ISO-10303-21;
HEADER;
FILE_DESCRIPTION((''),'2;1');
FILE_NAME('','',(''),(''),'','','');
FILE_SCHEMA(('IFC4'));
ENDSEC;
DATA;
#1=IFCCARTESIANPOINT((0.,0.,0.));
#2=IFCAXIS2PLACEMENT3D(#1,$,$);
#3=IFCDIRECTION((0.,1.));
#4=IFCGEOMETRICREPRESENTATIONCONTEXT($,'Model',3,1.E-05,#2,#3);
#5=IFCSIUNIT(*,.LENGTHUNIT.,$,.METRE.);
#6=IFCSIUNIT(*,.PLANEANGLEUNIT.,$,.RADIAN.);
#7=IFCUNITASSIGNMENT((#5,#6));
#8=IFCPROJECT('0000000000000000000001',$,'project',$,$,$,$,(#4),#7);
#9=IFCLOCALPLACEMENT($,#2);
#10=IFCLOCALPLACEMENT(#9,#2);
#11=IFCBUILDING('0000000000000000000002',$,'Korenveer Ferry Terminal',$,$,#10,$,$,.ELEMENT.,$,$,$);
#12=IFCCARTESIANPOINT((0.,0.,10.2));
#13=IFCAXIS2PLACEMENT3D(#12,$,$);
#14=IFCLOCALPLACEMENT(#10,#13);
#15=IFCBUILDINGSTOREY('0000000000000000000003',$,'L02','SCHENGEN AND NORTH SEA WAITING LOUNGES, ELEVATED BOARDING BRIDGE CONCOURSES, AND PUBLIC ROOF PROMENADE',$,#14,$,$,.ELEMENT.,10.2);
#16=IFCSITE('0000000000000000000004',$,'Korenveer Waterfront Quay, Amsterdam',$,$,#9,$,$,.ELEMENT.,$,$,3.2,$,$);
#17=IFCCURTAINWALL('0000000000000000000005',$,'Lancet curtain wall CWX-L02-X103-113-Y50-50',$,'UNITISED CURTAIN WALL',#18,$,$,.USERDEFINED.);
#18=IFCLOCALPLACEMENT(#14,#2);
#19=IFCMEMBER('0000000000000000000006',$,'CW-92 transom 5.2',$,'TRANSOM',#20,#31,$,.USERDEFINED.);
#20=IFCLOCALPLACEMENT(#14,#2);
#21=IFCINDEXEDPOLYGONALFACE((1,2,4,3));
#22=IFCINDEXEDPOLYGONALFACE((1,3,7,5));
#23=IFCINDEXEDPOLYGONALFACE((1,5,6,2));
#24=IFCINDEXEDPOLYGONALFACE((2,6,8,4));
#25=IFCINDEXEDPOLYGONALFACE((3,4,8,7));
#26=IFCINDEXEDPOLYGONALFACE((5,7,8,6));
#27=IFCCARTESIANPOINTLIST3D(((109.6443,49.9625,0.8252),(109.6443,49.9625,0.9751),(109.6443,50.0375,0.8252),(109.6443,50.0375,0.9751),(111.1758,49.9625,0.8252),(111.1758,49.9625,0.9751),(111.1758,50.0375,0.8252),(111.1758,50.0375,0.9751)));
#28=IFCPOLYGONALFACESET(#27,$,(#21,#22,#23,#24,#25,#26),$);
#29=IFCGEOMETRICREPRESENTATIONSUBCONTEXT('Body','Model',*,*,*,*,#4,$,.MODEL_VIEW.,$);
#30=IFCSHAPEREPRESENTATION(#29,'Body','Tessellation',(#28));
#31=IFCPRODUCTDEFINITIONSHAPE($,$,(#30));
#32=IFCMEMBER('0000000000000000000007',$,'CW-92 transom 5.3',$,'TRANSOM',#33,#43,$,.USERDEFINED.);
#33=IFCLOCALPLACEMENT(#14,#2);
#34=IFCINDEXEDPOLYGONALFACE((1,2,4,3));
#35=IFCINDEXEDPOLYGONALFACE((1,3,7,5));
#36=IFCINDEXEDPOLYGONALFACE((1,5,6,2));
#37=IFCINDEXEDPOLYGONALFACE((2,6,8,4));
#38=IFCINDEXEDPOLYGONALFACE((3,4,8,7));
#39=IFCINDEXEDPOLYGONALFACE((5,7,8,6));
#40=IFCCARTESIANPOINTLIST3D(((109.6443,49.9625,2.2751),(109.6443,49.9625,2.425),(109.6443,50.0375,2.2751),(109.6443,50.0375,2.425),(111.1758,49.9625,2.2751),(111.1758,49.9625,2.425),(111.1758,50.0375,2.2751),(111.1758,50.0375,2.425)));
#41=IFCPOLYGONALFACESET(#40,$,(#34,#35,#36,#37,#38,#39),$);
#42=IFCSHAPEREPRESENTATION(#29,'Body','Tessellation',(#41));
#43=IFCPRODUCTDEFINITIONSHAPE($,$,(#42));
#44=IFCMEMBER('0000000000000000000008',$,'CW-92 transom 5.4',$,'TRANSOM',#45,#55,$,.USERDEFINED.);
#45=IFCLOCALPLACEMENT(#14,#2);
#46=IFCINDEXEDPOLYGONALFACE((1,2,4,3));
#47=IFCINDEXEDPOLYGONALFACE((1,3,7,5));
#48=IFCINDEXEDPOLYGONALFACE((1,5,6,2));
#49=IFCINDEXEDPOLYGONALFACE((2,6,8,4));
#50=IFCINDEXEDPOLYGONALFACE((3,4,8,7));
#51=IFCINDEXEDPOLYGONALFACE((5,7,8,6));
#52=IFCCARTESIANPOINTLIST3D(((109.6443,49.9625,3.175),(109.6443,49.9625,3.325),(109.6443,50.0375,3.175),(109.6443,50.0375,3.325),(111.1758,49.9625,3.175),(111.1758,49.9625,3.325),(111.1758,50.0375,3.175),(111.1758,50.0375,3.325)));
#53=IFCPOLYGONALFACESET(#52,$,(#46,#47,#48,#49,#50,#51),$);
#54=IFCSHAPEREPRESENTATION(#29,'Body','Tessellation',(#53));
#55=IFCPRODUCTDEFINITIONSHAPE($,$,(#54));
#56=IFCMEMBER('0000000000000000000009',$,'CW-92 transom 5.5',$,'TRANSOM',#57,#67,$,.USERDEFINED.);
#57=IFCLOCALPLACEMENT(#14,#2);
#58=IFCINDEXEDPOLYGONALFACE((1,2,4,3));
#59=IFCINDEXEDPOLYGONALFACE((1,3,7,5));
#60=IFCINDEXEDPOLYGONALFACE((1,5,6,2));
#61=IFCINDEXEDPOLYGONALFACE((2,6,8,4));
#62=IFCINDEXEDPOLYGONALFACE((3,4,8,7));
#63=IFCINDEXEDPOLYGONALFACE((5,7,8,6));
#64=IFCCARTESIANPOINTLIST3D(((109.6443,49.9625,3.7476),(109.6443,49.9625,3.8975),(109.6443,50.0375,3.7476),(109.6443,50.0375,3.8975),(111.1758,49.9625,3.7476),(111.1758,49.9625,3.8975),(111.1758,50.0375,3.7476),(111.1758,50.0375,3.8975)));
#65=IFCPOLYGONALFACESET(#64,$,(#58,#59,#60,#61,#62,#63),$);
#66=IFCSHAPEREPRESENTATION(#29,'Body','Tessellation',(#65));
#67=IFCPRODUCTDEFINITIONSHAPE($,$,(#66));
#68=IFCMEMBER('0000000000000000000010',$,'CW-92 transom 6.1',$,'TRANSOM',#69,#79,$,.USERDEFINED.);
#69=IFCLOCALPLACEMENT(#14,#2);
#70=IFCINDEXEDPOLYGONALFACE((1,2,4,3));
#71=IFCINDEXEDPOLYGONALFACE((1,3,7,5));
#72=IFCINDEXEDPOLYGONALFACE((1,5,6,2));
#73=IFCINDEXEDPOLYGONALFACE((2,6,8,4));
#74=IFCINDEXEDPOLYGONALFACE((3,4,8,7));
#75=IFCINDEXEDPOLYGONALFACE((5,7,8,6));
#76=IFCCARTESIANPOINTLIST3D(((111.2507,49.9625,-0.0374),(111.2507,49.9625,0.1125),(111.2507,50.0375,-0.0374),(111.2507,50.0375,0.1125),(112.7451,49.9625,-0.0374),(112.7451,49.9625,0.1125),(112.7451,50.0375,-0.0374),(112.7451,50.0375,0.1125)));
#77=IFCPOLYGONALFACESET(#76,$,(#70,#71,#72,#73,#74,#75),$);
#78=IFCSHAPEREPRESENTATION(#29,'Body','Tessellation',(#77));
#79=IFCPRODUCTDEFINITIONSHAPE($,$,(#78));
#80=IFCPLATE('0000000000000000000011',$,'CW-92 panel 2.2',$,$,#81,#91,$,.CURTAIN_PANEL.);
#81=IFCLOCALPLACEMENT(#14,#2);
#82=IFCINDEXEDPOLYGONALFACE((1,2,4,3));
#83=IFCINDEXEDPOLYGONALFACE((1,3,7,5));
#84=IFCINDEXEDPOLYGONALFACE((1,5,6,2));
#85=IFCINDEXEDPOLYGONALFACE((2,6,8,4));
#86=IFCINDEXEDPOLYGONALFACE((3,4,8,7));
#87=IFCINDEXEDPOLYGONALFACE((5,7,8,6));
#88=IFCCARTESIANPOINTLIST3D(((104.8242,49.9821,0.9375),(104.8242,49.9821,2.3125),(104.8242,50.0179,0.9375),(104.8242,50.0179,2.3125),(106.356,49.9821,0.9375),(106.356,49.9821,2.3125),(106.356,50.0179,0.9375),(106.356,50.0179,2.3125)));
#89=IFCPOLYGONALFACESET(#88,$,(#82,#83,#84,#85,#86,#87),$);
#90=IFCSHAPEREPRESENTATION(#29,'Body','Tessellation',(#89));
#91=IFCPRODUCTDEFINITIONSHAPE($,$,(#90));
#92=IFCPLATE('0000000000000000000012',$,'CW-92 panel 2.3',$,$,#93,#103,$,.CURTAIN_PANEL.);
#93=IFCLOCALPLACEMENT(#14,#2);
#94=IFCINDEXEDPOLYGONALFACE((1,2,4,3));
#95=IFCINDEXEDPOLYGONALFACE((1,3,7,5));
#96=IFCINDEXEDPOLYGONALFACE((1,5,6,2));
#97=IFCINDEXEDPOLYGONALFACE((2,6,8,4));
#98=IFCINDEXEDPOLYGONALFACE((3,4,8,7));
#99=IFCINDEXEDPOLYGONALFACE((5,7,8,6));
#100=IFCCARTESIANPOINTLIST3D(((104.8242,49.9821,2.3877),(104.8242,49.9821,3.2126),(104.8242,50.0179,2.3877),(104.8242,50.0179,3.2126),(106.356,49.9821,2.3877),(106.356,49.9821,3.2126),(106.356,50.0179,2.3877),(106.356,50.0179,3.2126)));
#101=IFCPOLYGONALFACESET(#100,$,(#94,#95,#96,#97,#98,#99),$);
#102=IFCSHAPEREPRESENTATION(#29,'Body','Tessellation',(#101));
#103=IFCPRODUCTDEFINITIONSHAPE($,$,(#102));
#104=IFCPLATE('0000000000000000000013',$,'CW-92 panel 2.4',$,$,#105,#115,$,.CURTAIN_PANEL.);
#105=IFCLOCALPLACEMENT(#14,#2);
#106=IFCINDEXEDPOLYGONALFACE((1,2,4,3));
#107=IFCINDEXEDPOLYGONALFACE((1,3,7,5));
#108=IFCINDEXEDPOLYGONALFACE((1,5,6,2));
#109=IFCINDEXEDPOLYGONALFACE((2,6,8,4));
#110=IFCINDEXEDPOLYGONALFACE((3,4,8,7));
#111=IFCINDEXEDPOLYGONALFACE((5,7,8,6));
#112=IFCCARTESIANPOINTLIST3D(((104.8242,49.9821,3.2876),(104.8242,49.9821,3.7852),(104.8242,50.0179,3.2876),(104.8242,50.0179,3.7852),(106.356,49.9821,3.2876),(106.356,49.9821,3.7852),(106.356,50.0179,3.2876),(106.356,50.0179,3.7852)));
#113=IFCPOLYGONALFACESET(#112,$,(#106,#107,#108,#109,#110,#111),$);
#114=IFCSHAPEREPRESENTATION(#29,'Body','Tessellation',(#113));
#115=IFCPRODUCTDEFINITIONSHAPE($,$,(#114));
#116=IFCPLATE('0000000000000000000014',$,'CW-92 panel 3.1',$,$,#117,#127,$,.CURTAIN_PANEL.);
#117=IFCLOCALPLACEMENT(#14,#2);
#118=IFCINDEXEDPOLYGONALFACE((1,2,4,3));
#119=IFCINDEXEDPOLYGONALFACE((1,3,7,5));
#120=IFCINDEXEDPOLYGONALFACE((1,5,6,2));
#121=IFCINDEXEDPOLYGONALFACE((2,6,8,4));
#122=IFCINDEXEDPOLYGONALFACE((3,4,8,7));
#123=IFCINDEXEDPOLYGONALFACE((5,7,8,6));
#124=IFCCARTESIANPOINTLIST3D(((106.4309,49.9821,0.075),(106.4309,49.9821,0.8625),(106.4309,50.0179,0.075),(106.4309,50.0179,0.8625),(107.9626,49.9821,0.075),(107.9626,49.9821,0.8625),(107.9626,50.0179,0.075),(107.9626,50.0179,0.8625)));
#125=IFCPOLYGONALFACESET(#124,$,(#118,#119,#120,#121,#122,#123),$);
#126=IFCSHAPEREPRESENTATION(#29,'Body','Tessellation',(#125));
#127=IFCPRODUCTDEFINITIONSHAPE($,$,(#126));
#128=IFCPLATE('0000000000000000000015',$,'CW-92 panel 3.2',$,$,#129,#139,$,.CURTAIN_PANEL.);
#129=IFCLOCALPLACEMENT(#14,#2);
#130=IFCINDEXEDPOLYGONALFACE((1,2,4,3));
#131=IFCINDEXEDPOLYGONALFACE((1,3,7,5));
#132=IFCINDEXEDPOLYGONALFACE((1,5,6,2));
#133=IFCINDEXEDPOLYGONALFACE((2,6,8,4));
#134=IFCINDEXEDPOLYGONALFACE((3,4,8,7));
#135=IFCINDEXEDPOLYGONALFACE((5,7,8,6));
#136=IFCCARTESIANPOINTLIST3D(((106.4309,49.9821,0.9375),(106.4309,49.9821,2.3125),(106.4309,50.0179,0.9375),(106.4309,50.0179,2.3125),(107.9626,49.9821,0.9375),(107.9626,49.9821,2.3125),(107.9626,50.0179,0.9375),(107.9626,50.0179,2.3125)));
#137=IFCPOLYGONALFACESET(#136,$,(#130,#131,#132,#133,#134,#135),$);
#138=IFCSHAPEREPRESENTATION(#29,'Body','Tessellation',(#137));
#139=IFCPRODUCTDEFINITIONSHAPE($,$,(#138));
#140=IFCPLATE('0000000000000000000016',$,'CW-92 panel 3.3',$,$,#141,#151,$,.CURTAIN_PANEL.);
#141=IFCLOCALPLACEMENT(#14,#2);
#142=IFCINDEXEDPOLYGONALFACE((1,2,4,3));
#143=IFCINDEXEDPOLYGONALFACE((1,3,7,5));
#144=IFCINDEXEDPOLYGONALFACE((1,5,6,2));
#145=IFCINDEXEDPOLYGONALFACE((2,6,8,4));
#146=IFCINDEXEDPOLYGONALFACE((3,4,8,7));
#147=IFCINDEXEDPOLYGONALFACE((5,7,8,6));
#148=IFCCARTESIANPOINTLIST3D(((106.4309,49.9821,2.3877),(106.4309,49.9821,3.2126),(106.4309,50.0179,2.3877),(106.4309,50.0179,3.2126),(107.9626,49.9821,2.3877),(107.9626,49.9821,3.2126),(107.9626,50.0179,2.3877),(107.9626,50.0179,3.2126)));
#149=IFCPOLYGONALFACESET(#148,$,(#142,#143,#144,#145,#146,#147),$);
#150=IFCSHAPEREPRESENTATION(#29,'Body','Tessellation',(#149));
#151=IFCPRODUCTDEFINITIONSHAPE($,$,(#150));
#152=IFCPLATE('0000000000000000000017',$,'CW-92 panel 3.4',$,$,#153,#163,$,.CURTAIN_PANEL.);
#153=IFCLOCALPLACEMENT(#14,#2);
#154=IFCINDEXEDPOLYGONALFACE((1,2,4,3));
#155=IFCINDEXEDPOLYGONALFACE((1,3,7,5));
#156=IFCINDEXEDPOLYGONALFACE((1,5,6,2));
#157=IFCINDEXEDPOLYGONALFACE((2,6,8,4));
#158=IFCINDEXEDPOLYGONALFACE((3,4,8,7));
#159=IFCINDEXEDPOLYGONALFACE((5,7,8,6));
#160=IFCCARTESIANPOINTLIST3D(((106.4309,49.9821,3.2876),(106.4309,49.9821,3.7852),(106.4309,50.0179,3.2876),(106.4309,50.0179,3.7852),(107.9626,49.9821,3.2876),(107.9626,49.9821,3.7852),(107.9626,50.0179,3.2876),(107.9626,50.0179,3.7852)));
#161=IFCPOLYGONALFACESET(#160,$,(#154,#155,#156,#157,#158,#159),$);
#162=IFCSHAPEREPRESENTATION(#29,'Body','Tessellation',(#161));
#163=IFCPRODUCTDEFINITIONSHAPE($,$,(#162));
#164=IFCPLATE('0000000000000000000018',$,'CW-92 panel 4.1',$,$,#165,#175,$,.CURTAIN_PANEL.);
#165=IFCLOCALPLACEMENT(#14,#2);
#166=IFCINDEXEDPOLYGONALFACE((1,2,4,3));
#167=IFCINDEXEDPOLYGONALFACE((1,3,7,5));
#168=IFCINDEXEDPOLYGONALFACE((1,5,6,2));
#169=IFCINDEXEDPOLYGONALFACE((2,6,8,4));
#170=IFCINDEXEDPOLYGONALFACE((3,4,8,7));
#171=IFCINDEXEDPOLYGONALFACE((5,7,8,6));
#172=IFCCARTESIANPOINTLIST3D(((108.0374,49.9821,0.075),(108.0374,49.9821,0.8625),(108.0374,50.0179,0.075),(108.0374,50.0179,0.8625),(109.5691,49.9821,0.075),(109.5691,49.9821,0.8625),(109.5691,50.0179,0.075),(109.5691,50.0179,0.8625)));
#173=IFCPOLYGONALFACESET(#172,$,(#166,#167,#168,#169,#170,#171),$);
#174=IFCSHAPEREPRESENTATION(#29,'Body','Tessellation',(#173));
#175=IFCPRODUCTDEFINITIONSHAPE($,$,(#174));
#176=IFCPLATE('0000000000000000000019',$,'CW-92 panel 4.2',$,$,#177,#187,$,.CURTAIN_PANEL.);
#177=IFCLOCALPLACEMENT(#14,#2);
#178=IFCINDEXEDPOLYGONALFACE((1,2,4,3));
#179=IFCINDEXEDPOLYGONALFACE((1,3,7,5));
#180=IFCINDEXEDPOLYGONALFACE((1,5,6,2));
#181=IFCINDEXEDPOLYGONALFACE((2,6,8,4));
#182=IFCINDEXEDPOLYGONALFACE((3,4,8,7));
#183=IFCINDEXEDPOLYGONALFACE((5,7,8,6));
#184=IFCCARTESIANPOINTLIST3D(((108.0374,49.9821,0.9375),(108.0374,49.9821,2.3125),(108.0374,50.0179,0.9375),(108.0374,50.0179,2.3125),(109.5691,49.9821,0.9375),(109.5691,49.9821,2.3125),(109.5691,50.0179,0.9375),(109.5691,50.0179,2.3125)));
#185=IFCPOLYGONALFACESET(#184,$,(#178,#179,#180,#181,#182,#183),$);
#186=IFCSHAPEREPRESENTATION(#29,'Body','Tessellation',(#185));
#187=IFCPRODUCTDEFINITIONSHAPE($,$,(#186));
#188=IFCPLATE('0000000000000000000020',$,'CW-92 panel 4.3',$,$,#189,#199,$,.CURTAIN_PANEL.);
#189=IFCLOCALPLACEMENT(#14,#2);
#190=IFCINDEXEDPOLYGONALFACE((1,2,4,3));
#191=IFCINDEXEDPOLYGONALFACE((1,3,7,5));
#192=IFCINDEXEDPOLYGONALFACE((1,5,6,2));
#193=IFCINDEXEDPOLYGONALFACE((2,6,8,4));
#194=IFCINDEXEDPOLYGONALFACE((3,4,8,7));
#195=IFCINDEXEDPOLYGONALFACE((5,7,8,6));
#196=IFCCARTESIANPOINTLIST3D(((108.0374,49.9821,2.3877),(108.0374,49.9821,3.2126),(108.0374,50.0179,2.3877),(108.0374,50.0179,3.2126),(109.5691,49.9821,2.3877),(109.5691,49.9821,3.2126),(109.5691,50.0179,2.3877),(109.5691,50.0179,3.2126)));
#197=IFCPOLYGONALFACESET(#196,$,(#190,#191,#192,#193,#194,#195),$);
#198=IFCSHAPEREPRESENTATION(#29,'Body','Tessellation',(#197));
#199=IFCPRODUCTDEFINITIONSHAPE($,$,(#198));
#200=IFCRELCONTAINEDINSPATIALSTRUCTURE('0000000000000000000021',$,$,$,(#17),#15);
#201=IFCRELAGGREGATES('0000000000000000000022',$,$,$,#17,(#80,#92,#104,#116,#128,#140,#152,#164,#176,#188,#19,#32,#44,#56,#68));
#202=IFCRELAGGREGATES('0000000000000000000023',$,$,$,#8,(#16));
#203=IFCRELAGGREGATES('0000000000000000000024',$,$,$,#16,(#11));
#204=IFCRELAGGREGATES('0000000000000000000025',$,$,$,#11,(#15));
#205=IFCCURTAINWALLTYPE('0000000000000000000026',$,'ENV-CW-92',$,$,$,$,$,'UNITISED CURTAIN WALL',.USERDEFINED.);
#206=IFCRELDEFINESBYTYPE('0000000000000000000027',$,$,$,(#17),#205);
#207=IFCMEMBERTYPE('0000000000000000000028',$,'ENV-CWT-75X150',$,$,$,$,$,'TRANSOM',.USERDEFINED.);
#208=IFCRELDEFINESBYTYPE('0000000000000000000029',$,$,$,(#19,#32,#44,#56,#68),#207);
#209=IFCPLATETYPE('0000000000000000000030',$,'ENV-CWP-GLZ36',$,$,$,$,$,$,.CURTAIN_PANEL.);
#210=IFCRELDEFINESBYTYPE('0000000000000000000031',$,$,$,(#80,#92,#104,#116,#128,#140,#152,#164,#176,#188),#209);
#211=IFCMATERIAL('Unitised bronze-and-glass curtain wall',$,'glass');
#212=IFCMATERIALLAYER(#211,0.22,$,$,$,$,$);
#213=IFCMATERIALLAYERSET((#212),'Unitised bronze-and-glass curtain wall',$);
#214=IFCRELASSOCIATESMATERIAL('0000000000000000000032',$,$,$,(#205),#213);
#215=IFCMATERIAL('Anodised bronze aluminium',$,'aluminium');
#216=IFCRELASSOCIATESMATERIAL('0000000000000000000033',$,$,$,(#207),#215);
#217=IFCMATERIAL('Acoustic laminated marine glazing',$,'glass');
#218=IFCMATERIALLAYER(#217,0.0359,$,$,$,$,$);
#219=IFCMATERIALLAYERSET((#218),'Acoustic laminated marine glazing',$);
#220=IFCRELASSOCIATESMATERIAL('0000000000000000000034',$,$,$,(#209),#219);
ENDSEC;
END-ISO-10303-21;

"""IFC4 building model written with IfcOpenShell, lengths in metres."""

from ifc_helpers import new_model, si_unit, direction, frame, origin, origin_2d, place, context, subcontext, project, spatial, rectangle, extrude, material, layer, layer_set, material_profile, profile_set, type_object, element, aggregate, save


model = new_model("IFC4")

# Units and contexts
model_context = context("Model", 3, precision=1e-05, world=origin(), true_north=direction((0.0, 1.0)))
body_context = subcontext(model_context, "Body", "Model", "MODEL_VIEW")
ifc_project = project(units=[si_unit("LENGTHUNIT", "METRE"), si_unit("PLANEANGLEUNIT", "RADIAN")], contexts=[model_context])

# Site, building, storey
site_placement = place(None, origin())
site = spatial("IfcSite", under=ifc_project, at=site_placement, Name="Korenveer Waterfront Quay, Amsterdam", CompositionType="ELEMENT", RefElevation=3.2)
building_placement = place(site_placement, origin())
building = spatial("IfcBuilding", under=site, at=building_placement, Name="Korenveer Ferry Terminal", CompositionType="ELEMENT")
storey_placement = place(building_placement, frame((0.0, 0.0, 10.2)))
storey = spatial("IfcBuildingStorey", under=building, at=storey_placement, Name="L02", Description="SCHENGEN AND NORTH SEA WAITING LOUNGES, ELEVATED BOARDING BRIDGE CONCOURSES, AND PUBLIC ROOF PROMENADE", CompositionType="ELEMENT", Elevation=10.2)

# Curtain wall, members, plates
ifc_material_1 = material(Name="Unitised bronze-and-glass curtain wall", Category="glass")
ifc_layer_1 = layer(ifc_material_1, 0.22)
ifc_layer_set_1 = layer_set([ifc_layer_1], Name="Unitised bronze-and-glass curtain wall")
curtain_wall_type = type_object("IfcCurtainWallType", Name="ENV-CW-92", ElementType="UNITISED CURTAIN WALL", PredefinedType="USERDEFINED", material=ifc_layer_set_1)
curtain_wall_placement = place(storey_placement, frame((103.1799, 50.0, 0.0)))
curtain_wall = element("IfcCurtainWall", 1, at=curtain_wall_placement, inside=storey, type_object=curtain_wall_type, Name="Lancet curtain wall CWX-L02-X103-113-Y50-50", ObjectType="UNITISED CURTAIN WALL", PredefinedType="USERDEFINED")
ifc_material_2 = material(Name="Anodised bronze aluminium", Category="aluminium")
ifc_material_profile_1 = material_profile(ifc_material_2, rectangle(XDim=0.075, YDim=0.1499, at=origin_2d()), Name="ALU 75x150")
ifc_profile_set_1 = profile_set([ifc_material_profile_1], Name="Anodised bronze aluminium")
member_type_1 = type_object("IfcMemberType", Name="ENV-CWT-75X150", ElementType="TRANSOM", PredefinedType="USERDEFINED", material=ifc_profile_set_1)
member_1_placement = place(storey_placement, frame((109.6443, 50.0, 0.9001), z_axis=(1.0, 0.0, 0.0), x_axis=(0.0, 1.0, 0.0)))
member_1 = element("IfcMember", 2, at=member_1_placement, type_object=member_type_1, Name="CW-92 transom 5.2", ObjectType="TRANSOM", PredefinedType="USERDEFINED", context=body_context, shape_type="SweptSolid", body=[
    extrude(rectangle(XDim=0.075, YDim=0.1499, at=origin_2d()), origin(), (0.0, 0.0, 1.0), 1.5315),
])
member_2_placement = place(storey_placement, frame((109.6443, 50.0, 2.3501), z_axis=(1.0, 0.0, 0.0), x_axis=(0.0, 1.0, 0.0)))
member_2 = element("IfcMember", 3, at=member_2_placement, type_object=member_type_1, Name="CW-92 transom 5.3", ObjectType="TRANSOM", PredefinedType="USERDEFINED", context=body_context, shape_type="SweptSolid", body=[
    extrude(rectangle(XDim=0.075, YDim=0.1499, at=origin_2d()), origin(), (0.0, 0.0, 1.0), 1.5315),
])
member_3_placement = place(storey_placement, frame((109.6443, 50.0, 3.25), z_axis=(1.0, 0.0, 0.0), x_axis=(0.0, 1.0, 0.0)))
member_3 = element("IfcMember", 4, at=member_3_placement, type_object=member_type_1, Name="CW-92 transom 5.4", ObjectType="TRANSOM", PredefinedType="USERDEFINED", context=body_context, shape_type="SweptSolid", body=[
    extrude(rectangle(XDim=0.075, YDim=0.1499, at=origin_2d()), origin(), (0.0, 0.0, 1.0), 1.5315),
])
member_4_placement = place(storey_placement, frame((109.6443, 50.0, 3.8225), z_axis=(1.0, 0.0, 0.0), x_axis=(0.0, 1.0, 0.0)))
member_4 = element("IfcMember", 5, at=member_4_placement, type_object=member_type_1, Name="CW-92 transom 5.5", ObjectType="TRANSOM", PredefinedType="USERDEFINED", context=body_context, shape_type="SweptSolid", body=[
    extrude(rectangle(XDim=0.075, YDim=0.1499, at=origin_2d()), origin(), (0.0, 0.0, 1.0), 1.5315),
])
member_5_placement = place(storey_placement, frame((111.2507, 50.0, 0.0376), z_axis=(1.0, 0.0, 0.0), x_axis=(0.0, 1.0, 0.0)))
member_5 = element("IfcMember", 6, at=member_5_placement, type_object=member_type_1, Name="CW-92 transom 6.1", ObjectType="TRANSOM", PredefinedType="USERDEFINED", context=body_context, shape_type="SweptSolid", body=[
    extrude(rectangle(XDim=0.075, YDim=0.1499, at=origin_2d()), origin(), (0.0, 0.0, 1.0), 1.4944),
])
ifc_material_3 = material(Name="Acoustic laminated marine glazing", Category="glass")
ifc_layer_2 = layer(ifc_material_3, 0.0359)
ifc_layer_set_2 = layer_set([ifc_layer_2], Name="Acoustic laminated marine glazing")
plate_type = type_object("IfcPlateType", Name="ENV-CWP-GLZ36", PredefinedType="CURTAIN_PANEL", material=ifc_layer_set_2)
plate_1_placement = place(storey_placement, frame((105.5901, 50.0, 0.9375), z_axis=(0.0, 0.0, 1.0), x_axis=(1.0, 0.0, 0.0)))
plate_1 = element("IfcPlate", 7, at=plate_1_placement, type_object=plate_type, Name="CW-92 panel 2.2", PredefinedType="CURTAIN_PANEL", context=body_context, shape_type="SweptSolid", body=[
    extrude(rectangle(XDim=1.5317, YDim=0.0359, at=origin_2d()), origin(), (0.0, 0.0, 1.0), 1.375),
])
plate_2_placement = place(storey_placement, frame((105.5901, 50.0, 2.3877), z_axis=(0.0, 0.0, 1.0), x_axis=(1.0, 0.0, 0.0)))
plate_2 = element("IfcPlate", 8, at=plate_2_placement, type_object=plate_type, Name="CW-92 panel 2.3", PredefinedType="CURTAIN_PANEL", context=body_context, shape_type="SweptSolid", body=[
    extrude(rectangle(XDim=1.5317, YDim=0.0359, at=origin_2d()), origin(), (0.0, 0.0, 1.0), 0.825),
])
plate_3_placement = place(storey_placement, frame((105.5901, 50.0, 3.2876), z_axis=(0.0, 0.0, 1.0), x_axis=(1.0, 0.0, 0.0)))
plate_3 = element("IfcPlate", 9, at=plate_3_placement, type_object=plate_type, Name="CW-92 panel 2.4", PredefinedType="CURTAIN_PANEL", context=body_context, shape_type="SweptSolid", body=[
    extrude(rectangle(XDim=1.5317, YDim=0.0359, at=origin_2d()), origin(), (0.0, 0.0, 1.0), 0.4976),
])
plate_4_placement = place(storey_placement, frame((107.1968, 50.0, 0.075), z_axis=(0.0, 0.0, 1.0), x_axis=(1.0, 0.0, 0.0)))
plate_4 = element("IfcPlate", 10, at=plate_4_placement, type_object=plate_type, Name="CW-92 panel 3.1", PredefinedType="CURTAIN_PANEL", context=body_context, shape_type="SweptSolid", body=[
    extrude(rectangle(XDim=1.5317, YDim=0.0359, at=origin_2d()), origin(), (0.0, 0.0, 1.0), 0.7876),
])
plate_5_placement = place(storey_placement, frame((107.1968, 50.0, 0.9375), z_axis=(0.0, 0.0, 1.0), x_axis=(1.0, 0.0, 0.0)))
plate_5 = element("IfcPlate", 11, at=plate_5_placement, type_object=plate_type, Name="CW-92 panel 3.2", PredefinedType="CURTAIN_PANEL", context=body_context, shape_type="SweptSolid", body=[
    extrude(rectangle(XDim=1.5317, YDim=0.0359, at=origin_2d()), origin(), (0.0, 0.0, 1.0), 1.375),
])
plate_6_placement = place(storey_placement, frame((107.1968, 50.0, 2.3877), z_axis=(0.0, 0.0, 1.0), x_axis=(1.0, 0.0, 0.0)))
plate_6 = element("IfcPlate", 12, at=plate_6_placement, type_object=plate_type, Name="CW-92 panel 3.3", PredefinedType="CURTAIN_PANEL", context=body_context, shape_type="SweptSolid", body=[
    extrude(rectangle(XDim=1.5317, YDim=0.0359, at=origin_2d()), origin(), (0.0, 0.0, 1.0), 0.825),
])
plate_7_placement = place(storey_placement, frame((107.1968, 50.0, 3.2876), z_axis=(0.0, 0.0, 1.0), x_axis=(1.0, 0.0, 0.0)))
plate_7 = element("IfcPlate", 13, at=plate_7_placement, type_object=plate_type, Name="CW-92 panel 3.4", PredefinedType="CURTAIN_PANEL", context=body_context, shape_type="SweptSolid", body=[
    extrude(rectangle(XDim=1.5317, YDim=0.0359, at=origin_2d()), origin(), (0.0, 0.0, 1.0), 0.4976),
])
plate_8_placement = place(storey_placement, frame((108.8032, 50.0, 0.075), z_axis=(0.0, 0.0, 1.0), x_axis=(1.0, 0.0, 0.0)))
plate_8 = element("IfcPlate", 14, at=plate_8_placement, type_object=plate_type, Name="CW-92 panel 4.1", PredefinedType="CURTAIN_PANEL", context=body_context, shape_type="SweptSolid", body=[
    extrude(rectangle(XDim=1.5317, YDim=0.0359, at=origin_2d()), origin(), (0.0, 0.0, 1.0), 0.7876),
])
plate_9_placement = place(storey_placement, frame((108.8032, 50.0, 0.9375), z_axis=(0.0, 0.0, 1.0), x_axis=(1.0, 0.0, 0.0)))
plate_9 = element("IfcPlate", 15, at=plate_9_placement, type_object=plate_type, Name="CW-92 panel 4.2", PredefinedType="CURTAIN_PANEL", context=body_context, shape_type="SweptSolid", body=[
    extrude(rectangle(XDim=1.5317, YDim=0.0359, at=origin_2d()), origin(), (0.0, 0.0, 1.0), 1.375),
])
plate_10_placement = place(storey_placement, frame((108.8032, 50.0, 2.3877), z_axis=(0.0, 0.0, 1.0), x_axis=(1.0, 0.0, 0.0)))
plate_10 = element("IfcPlate", 16, at=plate_10_placement, type_object=plate_type, Name="CW-92 panel 4.3", PredefinedType="CURTAIN_PANEL", context=body_context, shape_type="SweptSolid", body=[
    extrude(rectangle(XDim=1.5317, YDim=0.0359, at=origin_2d()), origin(), (0.0, 0.0, 1.0), 0.825),
])
aggregate(curtain_wall, [plate_1, plate_2, plate_3, plate_4, plate_5, plate_6, plate_7, plate_8, plate_9, plate_10, member_1, member_2, member_3, member_4, member_5])

save(model, "model.ifc")
